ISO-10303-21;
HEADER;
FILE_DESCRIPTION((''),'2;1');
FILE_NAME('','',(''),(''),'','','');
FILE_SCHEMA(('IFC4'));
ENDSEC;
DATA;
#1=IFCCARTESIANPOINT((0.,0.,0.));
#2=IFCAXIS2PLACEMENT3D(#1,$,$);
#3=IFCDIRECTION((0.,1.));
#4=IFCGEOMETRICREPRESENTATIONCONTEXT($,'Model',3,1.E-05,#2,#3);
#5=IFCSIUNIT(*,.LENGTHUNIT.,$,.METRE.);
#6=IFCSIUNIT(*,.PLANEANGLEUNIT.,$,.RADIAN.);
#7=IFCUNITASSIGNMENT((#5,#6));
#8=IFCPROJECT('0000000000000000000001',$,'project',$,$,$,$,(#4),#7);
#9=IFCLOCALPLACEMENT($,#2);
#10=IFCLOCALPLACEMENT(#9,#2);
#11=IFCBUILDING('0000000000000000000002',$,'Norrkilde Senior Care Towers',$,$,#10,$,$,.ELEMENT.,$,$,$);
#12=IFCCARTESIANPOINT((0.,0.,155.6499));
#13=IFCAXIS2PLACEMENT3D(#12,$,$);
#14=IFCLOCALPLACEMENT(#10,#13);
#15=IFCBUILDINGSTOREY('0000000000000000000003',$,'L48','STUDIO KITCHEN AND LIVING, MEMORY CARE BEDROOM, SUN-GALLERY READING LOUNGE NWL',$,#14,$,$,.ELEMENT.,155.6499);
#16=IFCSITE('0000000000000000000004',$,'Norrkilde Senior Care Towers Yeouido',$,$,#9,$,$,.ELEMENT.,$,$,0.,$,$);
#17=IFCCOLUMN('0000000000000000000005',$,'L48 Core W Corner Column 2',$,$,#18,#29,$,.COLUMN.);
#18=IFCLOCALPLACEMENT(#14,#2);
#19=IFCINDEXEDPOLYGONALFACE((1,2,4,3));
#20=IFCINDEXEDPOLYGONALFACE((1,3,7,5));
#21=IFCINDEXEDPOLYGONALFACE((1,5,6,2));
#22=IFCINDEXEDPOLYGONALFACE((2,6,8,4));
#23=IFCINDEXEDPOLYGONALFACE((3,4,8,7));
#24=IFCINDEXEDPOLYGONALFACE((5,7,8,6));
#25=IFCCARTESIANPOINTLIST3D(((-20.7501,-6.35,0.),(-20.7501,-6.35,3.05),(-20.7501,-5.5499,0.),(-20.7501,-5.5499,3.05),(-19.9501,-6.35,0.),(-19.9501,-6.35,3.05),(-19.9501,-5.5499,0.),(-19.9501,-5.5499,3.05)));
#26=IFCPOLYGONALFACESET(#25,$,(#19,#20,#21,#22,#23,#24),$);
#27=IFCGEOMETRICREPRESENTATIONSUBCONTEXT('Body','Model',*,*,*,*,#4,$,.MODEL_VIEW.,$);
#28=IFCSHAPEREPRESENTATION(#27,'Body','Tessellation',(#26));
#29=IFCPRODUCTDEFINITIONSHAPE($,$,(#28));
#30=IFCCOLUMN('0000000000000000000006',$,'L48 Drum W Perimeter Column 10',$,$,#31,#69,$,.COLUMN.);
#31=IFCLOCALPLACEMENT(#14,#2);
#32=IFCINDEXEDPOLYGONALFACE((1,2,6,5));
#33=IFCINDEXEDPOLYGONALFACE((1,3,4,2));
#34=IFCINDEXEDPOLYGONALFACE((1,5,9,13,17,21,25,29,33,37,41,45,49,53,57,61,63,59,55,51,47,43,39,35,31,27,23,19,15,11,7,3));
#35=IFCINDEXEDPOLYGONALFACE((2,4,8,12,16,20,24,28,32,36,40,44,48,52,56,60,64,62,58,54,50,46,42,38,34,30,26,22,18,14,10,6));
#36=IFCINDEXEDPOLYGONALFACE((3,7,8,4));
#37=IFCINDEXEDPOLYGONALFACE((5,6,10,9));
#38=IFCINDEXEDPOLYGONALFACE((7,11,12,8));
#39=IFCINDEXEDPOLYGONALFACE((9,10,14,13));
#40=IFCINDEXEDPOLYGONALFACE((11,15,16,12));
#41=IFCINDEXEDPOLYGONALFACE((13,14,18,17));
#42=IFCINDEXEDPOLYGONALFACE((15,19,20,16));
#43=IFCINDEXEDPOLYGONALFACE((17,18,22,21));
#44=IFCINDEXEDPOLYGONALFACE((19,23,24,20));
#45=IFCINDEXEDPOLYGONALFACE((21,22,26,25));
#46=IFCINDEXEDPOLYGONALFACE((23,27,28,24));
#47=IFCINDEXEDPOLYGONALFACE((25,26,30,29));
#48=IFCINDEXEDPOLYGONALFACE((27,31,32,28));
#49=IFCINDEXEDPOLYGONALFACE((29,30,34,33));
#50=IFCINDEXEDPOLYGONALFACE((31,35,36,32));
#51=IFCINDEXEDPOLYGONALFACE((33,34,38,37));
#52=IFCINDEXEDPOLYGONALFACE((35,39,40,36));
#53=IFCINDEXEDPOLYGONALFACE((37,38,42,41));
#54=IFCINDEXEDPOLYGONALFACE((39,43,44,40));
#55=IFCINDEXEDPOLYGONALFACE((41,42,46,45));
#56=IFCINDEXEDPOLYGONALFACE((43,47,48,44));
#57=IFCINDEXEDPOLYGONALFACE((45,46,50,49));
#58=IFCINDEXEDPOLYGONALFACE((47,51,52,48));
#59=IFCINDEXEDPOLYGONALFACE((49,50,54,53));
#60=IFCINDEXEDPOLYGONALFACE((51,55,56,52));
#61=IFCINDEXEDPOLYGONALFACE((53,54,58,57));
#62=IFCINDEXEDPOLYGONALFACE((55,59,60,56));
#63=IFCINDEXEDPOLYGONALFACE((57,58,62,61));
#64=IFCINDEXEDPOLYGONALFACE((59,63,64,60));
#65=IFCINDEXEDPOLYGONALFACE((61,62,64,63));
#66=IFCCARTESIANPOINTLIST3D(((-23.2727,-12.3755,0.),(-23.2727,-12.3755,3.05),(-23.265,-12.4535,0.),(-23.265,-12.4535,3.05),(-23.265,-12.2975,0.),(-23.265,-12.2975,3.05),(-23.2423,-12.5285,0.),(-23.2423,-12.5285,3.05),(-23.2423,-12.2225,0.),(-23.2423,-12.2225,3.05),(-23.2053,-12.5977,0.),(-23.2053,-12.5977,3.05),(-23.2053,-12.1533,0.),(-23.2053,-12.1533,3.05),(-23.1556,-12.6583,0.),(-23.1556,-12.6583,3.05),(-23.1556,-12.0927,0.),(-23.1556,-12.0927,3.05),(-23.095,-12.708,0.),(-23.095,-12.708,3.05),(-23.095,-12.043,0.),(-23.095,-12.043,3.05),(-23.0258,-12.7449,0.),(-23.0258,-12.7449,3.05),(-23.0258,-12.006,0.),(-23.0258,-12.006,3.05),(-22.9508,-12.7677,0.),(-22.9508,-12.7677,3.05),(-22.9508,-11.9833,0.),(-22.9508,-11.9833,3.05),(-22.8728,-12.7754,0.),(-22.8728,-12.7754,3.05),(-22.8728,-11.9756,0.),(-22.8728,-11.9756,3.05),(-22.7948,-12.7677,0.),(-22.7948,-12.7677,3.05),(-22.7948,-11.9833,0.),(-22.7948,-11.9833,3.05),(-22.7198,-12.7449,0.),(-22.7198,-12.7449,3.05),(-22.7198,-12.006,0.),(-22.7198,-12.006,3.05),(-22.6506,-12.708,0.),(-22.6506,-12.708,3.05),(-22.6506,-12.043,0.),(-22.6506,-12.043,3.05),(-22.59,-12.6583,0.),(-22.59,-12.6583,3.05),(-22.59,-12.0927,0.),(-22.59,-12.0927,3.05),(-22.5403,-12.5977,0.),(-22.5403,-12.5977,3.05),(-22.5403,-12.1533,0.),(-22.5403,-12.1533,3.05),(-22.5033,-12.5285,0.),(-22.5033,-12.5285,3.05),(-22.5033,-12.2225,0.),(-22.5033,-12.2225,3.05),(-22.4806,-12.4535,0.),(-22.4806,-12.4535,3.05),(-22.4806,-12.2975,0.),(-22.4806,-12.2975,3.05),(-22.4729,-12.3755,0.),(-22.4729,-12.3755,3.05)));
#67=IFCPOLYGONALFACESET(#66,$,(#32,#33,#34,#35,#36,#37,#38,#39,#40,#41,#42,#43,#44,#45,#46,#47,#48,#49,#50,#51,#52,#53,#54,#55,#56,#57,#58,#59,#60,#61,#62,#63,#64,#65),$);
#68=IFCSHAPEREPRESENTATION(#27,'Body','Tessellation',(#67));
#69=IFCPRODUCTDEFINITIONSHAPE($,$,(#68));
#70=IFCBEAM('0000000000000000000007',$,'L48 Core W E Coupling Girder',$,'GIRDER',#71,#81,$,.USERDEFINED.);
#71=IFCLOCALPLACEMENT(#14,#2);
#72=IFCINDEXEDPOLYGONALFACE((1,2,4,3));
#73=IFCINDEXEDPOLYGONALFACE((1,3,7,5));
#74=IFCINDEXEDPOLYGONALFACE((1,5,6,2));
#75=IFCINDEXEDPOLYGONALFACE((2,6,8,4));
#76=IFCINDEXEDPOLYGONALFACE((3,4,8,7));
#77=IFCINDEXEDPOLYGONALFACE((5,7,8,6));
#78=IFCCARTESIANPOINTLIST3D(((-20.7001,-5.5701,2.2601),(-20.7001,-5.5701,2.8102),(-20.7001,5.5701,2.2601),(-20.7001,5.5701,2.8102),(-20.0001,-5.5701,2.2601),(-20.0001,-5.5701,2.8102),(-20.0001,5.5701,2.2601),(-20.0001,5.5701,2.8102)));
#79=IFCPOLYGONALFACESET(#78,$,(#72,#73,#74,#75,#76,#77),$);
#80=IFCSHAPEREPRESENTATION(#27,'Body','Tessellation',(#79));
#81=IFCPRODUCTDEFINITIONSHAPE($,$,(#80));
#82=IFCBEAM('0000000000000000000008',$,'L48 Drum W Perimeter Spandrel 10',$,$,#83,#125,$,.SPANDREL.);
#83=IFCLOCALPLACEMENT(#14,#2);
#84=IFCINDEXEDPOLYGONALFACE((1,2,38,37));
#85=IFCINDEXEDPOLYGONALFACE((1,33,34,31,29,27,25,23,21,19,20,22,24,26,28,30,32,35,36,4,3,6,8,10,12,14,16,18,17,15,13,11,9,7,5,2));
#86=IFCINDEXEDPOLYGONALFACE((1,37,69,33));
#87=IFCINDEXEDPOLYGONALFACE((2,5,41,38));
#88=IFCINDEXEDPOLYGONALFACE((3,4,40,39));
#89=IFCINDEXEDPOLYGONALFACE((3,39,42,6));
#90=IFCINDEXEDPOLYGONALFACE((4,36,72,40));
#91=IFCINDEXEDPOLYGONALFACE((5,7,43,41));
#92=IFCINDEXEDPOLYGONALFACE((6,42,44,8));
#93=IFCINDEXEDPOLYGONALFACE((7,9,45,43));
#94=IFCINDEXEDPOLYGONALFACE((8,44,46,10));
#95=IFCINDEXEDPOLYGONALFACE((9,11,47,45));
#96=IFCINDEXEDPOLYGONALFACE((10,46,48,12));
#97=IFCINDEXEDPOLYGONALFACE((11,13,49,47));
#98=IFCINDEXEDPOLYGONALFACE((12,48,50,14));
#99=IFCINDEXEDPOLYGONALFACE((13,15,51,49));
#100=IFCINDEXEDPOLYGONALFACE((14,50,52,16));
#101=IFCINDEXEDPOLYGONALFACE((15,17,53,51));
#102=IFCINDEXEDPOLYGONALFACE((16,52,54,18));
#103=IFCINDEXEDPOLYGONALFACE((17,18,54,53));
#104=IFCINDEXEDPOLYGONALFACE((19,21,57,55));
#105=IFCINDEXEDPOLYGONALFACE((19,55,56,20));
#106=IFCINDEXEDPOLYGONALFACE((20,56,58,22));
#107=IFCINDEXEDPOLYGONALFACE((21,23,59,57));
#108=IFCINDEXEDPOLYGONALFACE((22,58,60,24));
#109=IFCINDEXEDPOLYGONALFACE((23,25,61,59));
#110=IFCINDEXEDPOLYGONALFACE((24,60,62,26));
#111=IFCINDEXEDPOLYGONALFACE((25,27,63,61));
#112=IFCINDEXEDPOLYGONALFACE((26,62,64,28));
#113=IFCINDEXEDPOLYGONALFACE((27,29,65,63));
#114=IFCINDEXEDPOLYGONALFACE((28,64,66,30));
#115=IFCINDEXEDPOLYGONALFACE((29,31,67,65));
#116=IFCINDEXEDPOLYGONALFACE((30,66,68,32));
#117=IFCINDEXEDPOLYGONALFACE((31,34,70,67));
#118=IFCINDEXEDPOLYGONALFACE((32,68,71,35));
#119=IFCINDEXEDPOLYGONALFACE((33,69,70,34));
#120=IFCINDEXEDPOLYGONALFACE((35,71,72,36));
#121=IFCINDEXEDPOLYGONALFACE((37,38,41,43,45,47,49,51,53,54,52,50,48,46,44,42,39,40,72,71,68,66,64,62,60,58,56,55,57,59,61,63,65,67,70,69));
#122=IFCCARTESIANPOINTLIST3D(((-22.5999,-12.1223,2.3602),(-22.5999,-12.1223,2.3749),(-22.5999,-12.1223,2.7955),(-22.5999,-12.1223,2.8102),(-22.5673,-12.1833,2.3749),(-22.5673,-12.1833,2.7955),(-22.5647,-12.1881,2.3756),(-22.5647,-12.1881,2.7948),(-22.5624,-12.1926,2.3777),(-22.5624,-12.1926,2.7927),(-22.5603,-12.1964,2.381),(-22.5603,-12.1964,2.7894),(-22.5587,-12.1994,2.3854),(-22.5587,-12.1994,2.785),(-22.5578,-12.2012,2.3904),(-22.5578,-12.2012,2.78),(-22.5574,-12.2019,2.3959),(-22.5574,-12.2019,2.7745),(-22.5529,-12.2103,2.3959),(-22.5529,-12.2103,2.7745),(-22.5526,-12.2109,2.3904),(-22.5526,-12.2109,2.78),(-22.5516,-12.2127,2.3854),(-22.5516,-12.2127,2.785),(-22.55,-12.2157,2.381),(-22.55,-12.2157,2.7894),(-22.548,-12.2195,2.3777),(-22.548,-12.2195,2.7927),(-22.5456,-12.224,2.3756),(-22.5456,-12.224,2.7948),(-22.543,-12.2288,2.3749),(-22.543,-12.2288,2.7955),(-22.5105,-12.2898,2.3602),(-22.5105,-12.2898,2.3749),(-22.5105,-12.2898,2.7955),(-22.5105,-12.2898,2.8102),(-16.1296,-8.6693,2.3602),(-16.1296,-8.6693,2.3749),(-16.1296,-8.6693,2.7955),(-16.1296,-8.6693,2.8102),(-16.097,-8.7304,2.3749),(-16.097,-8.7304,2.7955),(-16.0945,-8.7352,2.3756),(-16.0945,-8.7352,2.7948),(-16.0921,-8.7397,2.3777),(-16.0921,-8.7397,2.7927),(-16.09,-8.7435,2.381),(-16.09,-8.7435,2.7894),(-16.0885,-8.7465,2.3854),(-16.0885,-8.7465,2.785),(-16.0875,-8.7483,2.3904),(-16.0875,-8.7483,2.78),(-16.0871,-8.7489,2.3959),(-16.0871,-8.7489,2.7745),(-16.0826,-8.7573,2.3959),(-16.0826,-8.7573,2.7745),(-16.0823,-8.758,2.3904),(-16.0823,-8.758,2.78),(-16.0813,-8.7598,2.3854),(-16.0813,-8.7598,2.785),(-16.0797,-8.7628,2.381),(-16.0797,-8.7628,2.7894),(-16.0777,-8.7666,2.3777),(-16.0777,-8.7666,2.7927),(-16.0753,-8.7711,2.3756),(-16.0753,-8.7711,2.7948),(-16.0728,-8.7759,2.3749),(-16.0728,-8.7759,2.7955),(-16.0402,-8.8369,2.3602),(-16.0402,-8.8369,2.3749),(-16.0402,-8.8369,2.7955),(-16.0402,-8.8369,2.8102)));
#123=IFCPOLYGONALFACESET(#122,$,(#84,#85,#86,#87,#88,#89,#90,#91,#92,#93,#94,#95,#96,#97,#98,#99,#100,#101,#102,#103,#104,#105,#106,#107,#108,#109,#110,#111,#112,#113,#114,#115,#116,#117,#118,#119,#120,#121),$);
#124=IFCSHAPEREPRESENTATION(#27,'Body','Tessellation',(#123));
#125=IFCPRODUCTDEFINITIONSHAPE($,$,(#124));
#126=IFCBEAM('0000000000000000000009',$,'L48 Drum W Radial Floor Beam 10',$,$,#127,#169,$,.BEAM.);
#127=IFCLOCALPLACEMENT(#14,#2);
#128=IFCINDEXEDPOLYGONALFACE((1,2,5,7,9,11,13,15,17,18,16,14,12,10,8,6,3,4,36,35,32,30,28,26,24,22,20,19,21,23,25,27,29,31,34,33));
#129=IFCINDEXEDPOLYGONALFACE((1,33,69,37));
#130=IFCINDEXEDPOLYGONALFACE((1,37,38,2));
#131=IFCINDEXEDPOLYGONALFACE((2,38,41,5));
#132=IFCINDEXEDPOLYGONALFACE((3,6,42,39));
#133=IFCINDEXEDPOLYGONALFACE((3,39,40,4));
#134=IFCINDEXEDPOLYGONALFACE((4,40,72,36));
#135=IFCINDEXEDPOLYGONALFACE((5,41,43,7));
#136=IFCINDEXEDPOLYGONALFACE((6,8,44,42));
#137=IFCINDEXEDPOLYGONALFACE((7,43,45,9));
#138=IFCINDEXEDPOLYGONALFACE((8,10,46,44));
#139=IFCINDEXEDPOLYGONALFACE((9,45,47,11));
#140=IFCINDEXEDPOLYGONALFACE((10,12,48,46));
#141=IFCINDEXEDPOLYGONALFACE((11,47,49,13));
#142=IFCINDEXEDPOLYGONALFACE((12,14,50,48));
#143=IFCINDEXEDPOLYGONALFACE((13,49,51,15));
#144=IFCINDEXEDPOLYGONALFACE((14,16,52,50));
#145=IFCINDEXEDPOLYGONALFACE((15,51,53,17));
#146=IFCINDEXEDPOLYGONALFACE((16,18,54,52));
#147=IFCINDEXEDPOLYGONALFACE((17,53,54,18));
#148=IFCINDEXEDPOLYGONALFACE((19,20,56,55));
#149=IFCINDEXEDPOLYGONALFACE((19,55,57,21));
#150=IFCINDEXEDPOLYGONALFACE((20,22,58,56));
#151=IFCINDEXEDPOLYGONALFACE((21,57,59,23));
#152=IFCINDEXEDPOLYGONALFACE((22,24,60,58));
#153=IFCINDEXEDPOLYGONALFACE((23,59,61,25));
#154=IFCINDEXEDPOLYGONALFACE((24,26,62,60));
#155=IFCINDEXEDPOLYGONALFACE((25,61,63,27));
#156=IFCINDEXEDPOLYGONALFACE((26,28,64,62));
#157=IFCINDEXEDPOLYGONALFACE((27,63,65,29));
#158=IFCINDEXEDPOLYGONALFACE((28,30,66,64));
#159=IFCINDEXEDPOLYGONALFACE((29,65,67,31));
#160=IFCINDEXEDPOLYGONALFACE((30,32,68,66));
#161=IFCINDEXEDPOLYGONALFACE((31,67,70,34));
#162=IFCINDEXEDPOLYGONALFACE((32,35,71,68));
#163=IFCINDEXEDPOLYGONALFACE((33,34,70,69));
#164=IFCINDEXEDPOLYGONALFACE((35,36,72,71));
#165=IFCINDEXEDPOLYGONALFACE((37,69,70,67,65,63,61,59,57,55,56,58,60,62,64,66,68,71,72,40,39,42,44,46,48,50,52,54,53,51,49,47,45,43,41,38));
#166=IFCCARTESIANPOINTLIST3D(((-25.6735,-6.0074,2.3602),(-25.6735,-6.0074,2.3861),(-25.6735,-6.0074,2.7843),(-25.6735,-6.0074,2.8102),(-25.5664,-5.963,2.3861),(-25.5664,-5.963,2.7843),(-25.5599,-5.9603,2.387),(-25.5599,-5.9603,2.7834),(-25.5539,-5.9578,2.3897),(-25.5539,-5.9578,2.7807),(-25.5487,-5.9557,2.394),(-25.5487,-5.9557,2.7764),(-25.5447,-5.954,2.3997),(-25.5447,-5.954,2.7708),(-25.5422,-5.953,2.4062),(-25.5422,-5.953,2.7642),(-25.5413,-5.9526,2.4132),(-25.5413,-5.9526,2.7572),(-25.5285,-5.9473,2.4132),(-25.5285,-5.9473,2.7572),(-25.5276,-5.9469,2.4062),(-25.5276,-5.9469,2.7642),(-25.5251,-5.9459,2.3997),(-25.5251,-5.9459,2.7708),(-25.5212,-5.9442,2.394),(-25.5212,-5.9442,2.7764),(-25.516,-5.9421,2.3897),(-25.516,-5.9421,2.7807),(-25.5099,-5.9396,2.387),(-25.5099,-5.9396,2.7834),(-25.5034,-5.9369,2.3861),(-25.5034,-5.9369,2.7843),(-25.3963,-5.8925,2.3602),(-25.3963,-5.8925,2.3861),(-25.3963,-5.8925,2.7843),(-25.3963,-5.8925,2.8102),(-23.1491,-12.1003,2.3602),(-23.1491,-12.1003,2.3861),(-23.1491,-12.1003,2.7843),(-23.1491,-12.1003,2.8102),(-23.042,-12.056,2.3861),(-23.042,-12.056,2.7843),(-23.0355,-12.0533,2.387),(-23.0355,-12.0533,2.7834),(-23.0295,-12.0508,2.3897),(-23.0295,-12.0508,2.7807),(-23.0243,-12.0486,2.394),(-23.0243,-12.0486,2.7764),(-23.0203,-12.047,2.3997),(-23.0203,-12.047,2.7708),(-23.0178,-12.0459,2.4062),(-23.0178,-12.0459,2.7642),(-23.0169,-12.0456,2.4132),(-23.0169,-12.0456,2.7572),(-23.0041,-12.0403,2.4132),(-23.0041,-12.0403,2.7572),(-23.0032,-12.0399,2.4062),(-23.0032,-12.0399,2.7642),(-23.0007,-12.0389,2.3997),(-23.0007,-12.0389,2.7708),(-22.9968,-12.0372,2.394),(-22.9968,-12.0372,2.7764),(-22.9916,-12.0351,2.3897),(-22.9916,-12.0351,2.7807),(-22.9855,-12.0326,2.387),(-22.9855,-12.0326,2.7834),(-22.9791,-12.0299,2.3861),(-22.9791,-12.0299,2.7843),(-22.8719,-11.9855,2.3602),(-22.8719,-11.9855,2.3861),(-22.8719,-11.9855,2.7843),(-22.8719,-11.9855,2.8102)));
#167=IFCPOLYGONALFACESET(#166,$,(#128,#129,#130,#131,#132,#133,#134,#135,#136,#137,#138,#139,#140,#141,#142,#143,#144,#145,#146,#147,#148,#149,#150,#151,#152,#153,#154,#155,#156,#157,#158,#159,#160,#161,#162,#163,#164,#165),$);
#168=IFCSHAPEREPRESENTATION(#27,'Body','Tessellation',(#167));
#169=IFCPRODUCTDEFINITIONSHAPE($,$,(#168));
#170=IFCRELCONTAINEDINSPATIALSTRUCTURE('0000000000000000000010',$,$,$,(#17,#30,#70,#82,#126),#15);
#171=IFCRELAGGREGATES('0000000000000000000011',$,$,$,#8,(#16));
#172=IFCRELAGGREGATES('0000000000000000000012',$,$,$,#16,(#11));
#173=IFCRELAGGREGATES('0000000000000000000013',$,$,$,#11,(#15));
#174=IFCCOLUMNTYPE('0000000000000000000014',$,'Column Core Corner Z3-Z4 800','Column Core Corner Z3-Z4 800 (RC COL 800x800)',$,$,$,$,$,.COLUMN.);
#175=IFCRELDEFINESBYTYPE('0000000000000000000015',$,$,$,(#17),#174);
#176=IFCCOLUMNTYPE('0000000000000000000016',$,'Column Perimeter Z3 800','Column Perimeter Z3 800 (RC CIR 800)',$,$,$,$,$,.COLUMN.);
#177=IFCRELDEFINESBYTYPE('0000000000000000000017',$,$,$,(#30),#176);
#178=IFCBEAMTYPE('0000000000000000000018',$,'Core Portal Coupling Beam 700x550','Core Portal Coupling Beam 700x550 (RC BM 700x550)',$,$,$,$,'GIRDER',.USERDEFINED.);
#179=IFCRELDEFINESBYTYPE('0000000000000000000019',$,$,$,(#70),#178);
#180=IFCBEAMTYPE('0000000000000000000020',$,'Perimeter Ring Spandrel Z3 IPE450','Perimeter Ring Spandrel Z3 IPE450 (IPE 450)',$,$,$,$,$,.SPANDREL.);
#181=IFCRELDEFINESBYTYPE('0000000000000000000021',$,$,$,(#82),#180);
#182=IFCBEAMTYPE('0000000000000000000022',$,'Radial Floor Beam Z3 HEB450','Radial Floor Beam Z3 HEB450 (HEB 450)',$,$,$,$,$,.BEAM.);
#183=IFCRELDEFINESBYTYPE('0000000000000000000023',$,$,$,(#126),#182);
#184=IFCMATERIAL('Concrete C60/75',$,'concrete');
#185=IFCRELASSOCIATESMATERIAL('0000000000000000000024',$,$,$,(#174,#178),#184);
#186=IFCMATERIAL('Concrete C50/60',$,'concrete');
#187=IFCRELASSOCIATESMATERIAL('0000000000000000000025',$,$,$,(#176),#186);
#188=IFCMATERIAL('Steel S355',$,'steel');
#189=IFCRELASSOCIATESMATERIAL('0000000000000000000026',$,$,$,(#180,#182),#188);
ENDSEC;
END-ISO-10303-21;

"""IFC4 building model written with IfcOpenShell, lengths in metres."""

from ifc_helpers import new_model, si_unit, direction, frame, origin, origin_2d, place, context, subcontext, project, spatial, rectangle, circle, i_section, extrude, source, transform, mapped, material, material_profile, profile_set, type_object, type_shapes, element, save


model = new_model("IFC4")

# Units and contexts
model_context = context("Model", 3, precision=1e-05, world=origin(), true_north=direction((0.0, 1.0)))
body_context = subcontext(model_context, "Body", "Model", "MODEL_VIEW")
ifc_project = project(units=[si_unit("LENGTHUNIT", "METRE"), si_unit("PLANEANGLEUNIT", "RADIAN")], contexts=[model_context])

# Site, building, storey
site_placement = place(None, origin())
site = spatial("IfcSite", under=ifc_project, at=site_placement, Name="Norrkilde Senior Care Towers Yeouido", CompositionType="ELEMENT", RefElevation=0.0)
building_placement = place(site_placement, origin())
building = spatial("IfcBuilding", under=site, at=building_placement, Name="Norrkilde Senior Care Towers", CompositionType="ELEMENT")
storey_placement = place(building_placement, frame((0.0, 0.0, 155.6499)))
storey = spatial("IfcBuildingStorey", under=building, at=storey_placement, Name="L48", Description="STUDIO KITCHEN AND LIVING, MEMORY CARE BEDROOM, SUN-GALLERY READING LOUNGE NWL", CompositionType="ELEMENT", Elevation=155.6499)

# Columns
ifc_material_1 = material(Name="Concrete C60/75", Category="concrete")
ifc_material_profile_1 = material_profile(ifc_material_1, rectangle(XDim=0.8, YDim=0.8, at=origin_2d()), Name="RC COL 800x800")
ifc_profile_set_1 = profile_set([ifc_material_profile_1], Name="Concrete C60/75")
column_type_1 = type_object("IfcColumnType", Name="Column Core Corner Z3-Z4 800", Description="Column Core Corner Z3-Z4 800 (RC COL 800x800)", PredefinedType="COLUMN", material=ifc_profile_set_1)
shared_shape_1 = source(origin(), body_context, "Body", "SweptSolid", [
    extrude(rectangle(XDim=0.8, YDim=0.8, at=origin_2d()), origin(), (0.0, 0.0, 1.0), 3.05),
])
type_shapes(column_type_1, [shared_shape_1])
column_1_placement = place(storey_placement, frame((-20.3501, -5.95, 0.0), z_axis=(0.0, 0.0, 1.0), x_axis=(1.0, 0.0, 0.0)))
element("IfcColumn", 1, at=column_1_placement, inside=storey, type_object=column_type_1, Name="L48 Core W Corner Column 2", PredefinedType="COLUMN", context=body_context, shape_type="MappedRepresentation", body=[
    mapped(shared_shape_1, transform((0.0, 0.0, 0.0), x_axis=(1.0, 0.0, 0.0), y_axis=(0.0, 1.0, 0.0), z_axis=(0.0, 0.0, 1.0), scale=1.0)),
])
ifc_material_2 = material(Name="Concrete C50/60", Category="concrete")
ifc_material_profile_2 = material_profile(ifc_material_2, circle(Radius=0.3999, at=origin_2d()), Name="RC CIR 800")
ifc_profile_set_2 = profile_set([ifc_material_profile_2], Name="Concrete C50/60")
column_type_2 = type_object("IfcColumnType", Name="Column Perimeter Z3 800", Description="Column Perimeter Z3 800 (RC CIR 800)", PredefinedType="COLUMN", material=ifc_profile_set_2)
shared_shape_2 = source(origin(), body_context, "Body", "SweptSolid", [
    extrude(circle(Radius=0.3999, at=origin_2d()), origin(), (0.0, 0.0, 1.0), 3.05),
])
type_shapes(column_type_2, [shared_shape_2])
column_2_placement = place(storey_placement, frame((-22.8728, -12.3755, 0.0), z_axis=(0.0, 0.0, 1.0), x_axis=(1.0, 0.0, 0.0)))
element("IfcColumn", 2, at=column_2_placement, inside=storey, type_object=column_type_2, Name="L48 Drum W Perimeter Column 10", PredefinedType="COLUMN", context=body_context, shape_type="MappedRepresentation", body=[
    mapped(shared_shape_2, transform((0.0, 0.0, 0.0), x_axis=(1.0, 0.0, 0.0), y_axis=(0.0, 1.0, 0.0), z_axis=(0.0, 0.0, 1.0), scale=1.0)),
])

# Beams
ifc_material_profile_3 = material_profile(ifc_material_1, rectangle(XDim=0.7, YDim=0.55, at=origin_2d()), Name="RC BM 700x550")
ifc_profile_set_3 = profile_set([ifc_material_profile_3], Name="Concrete C60/75")
beam_type_1 = type_object("IfcBeamType", Name="Core Portal Coupling Beam 700x550", Description="Core Portal Coupling Beam 700x550 (RC BM 700x550)", ElementType="GIRDER", PredefinedType="USERDEFINED", material=ifc_profile_set_3)
shared_shape_3 = source(origin(), body_context, "Body", "SweptSolid", [
    extrude(rectangle(XDim=0.7, YDim=0.55, at=origin_2d()), origin(), (0.0, 0.0, 1.0), 11.1401),
])
type_shapes(beam_type_1, [shared_shape_3])
beam_1_placement = place(storey_placement, frame((-20.3501, -5.5701, 2.5352), z_axis=(0.0, 1.0, 0.0), x_axis=(-1.0, 0.0, 0.0)))
element("IfcBeam", 3, at=beam_1_placement, inside=storey, type_object=beam_type_1, Name="L48 Core W E Coupling Girder", ObjectType="GIRDER", PredefinedType="USERDEFINED", context=body_context, shape_type="MappedRepresentation", body=[
    mapped(shared_shape_3, transform((0.0, 0.0, 0.0), x_axis=(1.0, 0.0, 0.0), y_axis=(0.0, 1.0, 0.0), z_axis=(0.0, 0.0, 1.0), scale=1.0)),
])
ifc_material_3 = material(Name="Steel S355", Category="steel")
ifc_material_profile_4 = material_profile(ifc_material_3, i_section(OverallWidth=0.1899, OverallDepth=0.45, WebThickness=0.0095, FlangeThickness=0.0146, FilletRadius=0.021, at=origin_2d()), Name="IPE 450")
ifc_profile_set_4 = profile_set([ifc_material_profile_4], Name="Steel S355")
beam_type_2 = type_object("IfcBeamType", Name="Perimeter Ring Spandrel Z3 IPE450", Description="Perimeter Ring Spandrel Z3 IPE450 (IPE 450)", PredefinedType="SPANDREL", material=ifc_profile_set_4)
shared_shape_4 = source(origin(), body_context, "Body", "SweptSolid", [
    extrude(i_section(OverallWidth=0.1899, OverallDepth=0.45, WebThickness=0.0095, FlangeThickness=0.0146, FilletRadius=0.021, at=origin_2d()), origin(), (0.0, 0.0, 1.0), 7.334),
])
type_shapes(beam_type_2, [shared_shape_4])
beam_2_placement = place(storey_placement, frame((-22.5552, -12.2061, 2.5852), z_axis=(0.882234, 0.470811, 0.0), x_axis=(-0.470811, 0.882234, 0.0)))
element("IfcBeam", 4, at=beam_2_placement, inside=storey, type_object=beam_type_2, Name="L48 Drum W Perimeter Spandrel 10", PredefinedType="SPANDREL", context=body_context, shape_type="MappedRepresentation", body=[
    mapped(shared_shape_4, transform((0.0, 0.0, 0.0), x_axis=(1.0, 0.0, 0.0), y_axis=(0.0, 1.0, 0.0), z_axis=(0.0, 0.0, 1.0), scale=1.0)),
])
ifc_material_profile_5 = material_profile(ifc_material_3, i_section(OverallWidth=0.3, OverallDepth=0.45, WebThickness=0.0139, FlangeThickness=0.0259, FilletRadius=0.0271, at=origin_2d()), Name="HEB 450")
ifc_profile_set_5 = profile_set([ifc_material_profile_5], Name="Steel S355")
beam_type_3 = type_object("IfcBeamType", Name="Radial Floor Beam Z3 HEB450", Description="Radial Floor Beam Z3 HEB450 (HEB 450)", PredefinedType="BEAM", material=ifc_profile_set_5)
shared_shape_5 = source(origin(), body_context, "Body", "SweptSolid", [
    extrude(i_section(OverallWidth=0.3, OverallDepth=0.45, WebThickness=0.0139, FlangeThickness=0.0259, FilletRadius=0.0271, at=origin_2d()), origin(), (0.0, 0.0, 1.0), 6.5952),
])
beam_3_placement = place(storey_placement, frame((-25.5349, -5.95, 2.5852), z_axis=(0.382762, -0.923847, 0.0), x_axis=(0.923847, 0.382762, 0.0)))
element("IfcBeam", 5, at=beam_3_placement, inside=storey, type_object=beam_type_3, Name="L48 Drum W Radial Floor Beam 10", PredefinedType="BEAM", context=body_context, shape_type="MappedRepresentation", body=[
    mapped(shared_shape_5, transform((0.0, 0.0, 0.0), x_axis=(1.0, 0.0, 0.0), y_axis=(0.0, 1.0, 0.0), z_axis=(0.0, 0.0, 1.0), scale=1.0)),
])

save(model, "model.ifc")
